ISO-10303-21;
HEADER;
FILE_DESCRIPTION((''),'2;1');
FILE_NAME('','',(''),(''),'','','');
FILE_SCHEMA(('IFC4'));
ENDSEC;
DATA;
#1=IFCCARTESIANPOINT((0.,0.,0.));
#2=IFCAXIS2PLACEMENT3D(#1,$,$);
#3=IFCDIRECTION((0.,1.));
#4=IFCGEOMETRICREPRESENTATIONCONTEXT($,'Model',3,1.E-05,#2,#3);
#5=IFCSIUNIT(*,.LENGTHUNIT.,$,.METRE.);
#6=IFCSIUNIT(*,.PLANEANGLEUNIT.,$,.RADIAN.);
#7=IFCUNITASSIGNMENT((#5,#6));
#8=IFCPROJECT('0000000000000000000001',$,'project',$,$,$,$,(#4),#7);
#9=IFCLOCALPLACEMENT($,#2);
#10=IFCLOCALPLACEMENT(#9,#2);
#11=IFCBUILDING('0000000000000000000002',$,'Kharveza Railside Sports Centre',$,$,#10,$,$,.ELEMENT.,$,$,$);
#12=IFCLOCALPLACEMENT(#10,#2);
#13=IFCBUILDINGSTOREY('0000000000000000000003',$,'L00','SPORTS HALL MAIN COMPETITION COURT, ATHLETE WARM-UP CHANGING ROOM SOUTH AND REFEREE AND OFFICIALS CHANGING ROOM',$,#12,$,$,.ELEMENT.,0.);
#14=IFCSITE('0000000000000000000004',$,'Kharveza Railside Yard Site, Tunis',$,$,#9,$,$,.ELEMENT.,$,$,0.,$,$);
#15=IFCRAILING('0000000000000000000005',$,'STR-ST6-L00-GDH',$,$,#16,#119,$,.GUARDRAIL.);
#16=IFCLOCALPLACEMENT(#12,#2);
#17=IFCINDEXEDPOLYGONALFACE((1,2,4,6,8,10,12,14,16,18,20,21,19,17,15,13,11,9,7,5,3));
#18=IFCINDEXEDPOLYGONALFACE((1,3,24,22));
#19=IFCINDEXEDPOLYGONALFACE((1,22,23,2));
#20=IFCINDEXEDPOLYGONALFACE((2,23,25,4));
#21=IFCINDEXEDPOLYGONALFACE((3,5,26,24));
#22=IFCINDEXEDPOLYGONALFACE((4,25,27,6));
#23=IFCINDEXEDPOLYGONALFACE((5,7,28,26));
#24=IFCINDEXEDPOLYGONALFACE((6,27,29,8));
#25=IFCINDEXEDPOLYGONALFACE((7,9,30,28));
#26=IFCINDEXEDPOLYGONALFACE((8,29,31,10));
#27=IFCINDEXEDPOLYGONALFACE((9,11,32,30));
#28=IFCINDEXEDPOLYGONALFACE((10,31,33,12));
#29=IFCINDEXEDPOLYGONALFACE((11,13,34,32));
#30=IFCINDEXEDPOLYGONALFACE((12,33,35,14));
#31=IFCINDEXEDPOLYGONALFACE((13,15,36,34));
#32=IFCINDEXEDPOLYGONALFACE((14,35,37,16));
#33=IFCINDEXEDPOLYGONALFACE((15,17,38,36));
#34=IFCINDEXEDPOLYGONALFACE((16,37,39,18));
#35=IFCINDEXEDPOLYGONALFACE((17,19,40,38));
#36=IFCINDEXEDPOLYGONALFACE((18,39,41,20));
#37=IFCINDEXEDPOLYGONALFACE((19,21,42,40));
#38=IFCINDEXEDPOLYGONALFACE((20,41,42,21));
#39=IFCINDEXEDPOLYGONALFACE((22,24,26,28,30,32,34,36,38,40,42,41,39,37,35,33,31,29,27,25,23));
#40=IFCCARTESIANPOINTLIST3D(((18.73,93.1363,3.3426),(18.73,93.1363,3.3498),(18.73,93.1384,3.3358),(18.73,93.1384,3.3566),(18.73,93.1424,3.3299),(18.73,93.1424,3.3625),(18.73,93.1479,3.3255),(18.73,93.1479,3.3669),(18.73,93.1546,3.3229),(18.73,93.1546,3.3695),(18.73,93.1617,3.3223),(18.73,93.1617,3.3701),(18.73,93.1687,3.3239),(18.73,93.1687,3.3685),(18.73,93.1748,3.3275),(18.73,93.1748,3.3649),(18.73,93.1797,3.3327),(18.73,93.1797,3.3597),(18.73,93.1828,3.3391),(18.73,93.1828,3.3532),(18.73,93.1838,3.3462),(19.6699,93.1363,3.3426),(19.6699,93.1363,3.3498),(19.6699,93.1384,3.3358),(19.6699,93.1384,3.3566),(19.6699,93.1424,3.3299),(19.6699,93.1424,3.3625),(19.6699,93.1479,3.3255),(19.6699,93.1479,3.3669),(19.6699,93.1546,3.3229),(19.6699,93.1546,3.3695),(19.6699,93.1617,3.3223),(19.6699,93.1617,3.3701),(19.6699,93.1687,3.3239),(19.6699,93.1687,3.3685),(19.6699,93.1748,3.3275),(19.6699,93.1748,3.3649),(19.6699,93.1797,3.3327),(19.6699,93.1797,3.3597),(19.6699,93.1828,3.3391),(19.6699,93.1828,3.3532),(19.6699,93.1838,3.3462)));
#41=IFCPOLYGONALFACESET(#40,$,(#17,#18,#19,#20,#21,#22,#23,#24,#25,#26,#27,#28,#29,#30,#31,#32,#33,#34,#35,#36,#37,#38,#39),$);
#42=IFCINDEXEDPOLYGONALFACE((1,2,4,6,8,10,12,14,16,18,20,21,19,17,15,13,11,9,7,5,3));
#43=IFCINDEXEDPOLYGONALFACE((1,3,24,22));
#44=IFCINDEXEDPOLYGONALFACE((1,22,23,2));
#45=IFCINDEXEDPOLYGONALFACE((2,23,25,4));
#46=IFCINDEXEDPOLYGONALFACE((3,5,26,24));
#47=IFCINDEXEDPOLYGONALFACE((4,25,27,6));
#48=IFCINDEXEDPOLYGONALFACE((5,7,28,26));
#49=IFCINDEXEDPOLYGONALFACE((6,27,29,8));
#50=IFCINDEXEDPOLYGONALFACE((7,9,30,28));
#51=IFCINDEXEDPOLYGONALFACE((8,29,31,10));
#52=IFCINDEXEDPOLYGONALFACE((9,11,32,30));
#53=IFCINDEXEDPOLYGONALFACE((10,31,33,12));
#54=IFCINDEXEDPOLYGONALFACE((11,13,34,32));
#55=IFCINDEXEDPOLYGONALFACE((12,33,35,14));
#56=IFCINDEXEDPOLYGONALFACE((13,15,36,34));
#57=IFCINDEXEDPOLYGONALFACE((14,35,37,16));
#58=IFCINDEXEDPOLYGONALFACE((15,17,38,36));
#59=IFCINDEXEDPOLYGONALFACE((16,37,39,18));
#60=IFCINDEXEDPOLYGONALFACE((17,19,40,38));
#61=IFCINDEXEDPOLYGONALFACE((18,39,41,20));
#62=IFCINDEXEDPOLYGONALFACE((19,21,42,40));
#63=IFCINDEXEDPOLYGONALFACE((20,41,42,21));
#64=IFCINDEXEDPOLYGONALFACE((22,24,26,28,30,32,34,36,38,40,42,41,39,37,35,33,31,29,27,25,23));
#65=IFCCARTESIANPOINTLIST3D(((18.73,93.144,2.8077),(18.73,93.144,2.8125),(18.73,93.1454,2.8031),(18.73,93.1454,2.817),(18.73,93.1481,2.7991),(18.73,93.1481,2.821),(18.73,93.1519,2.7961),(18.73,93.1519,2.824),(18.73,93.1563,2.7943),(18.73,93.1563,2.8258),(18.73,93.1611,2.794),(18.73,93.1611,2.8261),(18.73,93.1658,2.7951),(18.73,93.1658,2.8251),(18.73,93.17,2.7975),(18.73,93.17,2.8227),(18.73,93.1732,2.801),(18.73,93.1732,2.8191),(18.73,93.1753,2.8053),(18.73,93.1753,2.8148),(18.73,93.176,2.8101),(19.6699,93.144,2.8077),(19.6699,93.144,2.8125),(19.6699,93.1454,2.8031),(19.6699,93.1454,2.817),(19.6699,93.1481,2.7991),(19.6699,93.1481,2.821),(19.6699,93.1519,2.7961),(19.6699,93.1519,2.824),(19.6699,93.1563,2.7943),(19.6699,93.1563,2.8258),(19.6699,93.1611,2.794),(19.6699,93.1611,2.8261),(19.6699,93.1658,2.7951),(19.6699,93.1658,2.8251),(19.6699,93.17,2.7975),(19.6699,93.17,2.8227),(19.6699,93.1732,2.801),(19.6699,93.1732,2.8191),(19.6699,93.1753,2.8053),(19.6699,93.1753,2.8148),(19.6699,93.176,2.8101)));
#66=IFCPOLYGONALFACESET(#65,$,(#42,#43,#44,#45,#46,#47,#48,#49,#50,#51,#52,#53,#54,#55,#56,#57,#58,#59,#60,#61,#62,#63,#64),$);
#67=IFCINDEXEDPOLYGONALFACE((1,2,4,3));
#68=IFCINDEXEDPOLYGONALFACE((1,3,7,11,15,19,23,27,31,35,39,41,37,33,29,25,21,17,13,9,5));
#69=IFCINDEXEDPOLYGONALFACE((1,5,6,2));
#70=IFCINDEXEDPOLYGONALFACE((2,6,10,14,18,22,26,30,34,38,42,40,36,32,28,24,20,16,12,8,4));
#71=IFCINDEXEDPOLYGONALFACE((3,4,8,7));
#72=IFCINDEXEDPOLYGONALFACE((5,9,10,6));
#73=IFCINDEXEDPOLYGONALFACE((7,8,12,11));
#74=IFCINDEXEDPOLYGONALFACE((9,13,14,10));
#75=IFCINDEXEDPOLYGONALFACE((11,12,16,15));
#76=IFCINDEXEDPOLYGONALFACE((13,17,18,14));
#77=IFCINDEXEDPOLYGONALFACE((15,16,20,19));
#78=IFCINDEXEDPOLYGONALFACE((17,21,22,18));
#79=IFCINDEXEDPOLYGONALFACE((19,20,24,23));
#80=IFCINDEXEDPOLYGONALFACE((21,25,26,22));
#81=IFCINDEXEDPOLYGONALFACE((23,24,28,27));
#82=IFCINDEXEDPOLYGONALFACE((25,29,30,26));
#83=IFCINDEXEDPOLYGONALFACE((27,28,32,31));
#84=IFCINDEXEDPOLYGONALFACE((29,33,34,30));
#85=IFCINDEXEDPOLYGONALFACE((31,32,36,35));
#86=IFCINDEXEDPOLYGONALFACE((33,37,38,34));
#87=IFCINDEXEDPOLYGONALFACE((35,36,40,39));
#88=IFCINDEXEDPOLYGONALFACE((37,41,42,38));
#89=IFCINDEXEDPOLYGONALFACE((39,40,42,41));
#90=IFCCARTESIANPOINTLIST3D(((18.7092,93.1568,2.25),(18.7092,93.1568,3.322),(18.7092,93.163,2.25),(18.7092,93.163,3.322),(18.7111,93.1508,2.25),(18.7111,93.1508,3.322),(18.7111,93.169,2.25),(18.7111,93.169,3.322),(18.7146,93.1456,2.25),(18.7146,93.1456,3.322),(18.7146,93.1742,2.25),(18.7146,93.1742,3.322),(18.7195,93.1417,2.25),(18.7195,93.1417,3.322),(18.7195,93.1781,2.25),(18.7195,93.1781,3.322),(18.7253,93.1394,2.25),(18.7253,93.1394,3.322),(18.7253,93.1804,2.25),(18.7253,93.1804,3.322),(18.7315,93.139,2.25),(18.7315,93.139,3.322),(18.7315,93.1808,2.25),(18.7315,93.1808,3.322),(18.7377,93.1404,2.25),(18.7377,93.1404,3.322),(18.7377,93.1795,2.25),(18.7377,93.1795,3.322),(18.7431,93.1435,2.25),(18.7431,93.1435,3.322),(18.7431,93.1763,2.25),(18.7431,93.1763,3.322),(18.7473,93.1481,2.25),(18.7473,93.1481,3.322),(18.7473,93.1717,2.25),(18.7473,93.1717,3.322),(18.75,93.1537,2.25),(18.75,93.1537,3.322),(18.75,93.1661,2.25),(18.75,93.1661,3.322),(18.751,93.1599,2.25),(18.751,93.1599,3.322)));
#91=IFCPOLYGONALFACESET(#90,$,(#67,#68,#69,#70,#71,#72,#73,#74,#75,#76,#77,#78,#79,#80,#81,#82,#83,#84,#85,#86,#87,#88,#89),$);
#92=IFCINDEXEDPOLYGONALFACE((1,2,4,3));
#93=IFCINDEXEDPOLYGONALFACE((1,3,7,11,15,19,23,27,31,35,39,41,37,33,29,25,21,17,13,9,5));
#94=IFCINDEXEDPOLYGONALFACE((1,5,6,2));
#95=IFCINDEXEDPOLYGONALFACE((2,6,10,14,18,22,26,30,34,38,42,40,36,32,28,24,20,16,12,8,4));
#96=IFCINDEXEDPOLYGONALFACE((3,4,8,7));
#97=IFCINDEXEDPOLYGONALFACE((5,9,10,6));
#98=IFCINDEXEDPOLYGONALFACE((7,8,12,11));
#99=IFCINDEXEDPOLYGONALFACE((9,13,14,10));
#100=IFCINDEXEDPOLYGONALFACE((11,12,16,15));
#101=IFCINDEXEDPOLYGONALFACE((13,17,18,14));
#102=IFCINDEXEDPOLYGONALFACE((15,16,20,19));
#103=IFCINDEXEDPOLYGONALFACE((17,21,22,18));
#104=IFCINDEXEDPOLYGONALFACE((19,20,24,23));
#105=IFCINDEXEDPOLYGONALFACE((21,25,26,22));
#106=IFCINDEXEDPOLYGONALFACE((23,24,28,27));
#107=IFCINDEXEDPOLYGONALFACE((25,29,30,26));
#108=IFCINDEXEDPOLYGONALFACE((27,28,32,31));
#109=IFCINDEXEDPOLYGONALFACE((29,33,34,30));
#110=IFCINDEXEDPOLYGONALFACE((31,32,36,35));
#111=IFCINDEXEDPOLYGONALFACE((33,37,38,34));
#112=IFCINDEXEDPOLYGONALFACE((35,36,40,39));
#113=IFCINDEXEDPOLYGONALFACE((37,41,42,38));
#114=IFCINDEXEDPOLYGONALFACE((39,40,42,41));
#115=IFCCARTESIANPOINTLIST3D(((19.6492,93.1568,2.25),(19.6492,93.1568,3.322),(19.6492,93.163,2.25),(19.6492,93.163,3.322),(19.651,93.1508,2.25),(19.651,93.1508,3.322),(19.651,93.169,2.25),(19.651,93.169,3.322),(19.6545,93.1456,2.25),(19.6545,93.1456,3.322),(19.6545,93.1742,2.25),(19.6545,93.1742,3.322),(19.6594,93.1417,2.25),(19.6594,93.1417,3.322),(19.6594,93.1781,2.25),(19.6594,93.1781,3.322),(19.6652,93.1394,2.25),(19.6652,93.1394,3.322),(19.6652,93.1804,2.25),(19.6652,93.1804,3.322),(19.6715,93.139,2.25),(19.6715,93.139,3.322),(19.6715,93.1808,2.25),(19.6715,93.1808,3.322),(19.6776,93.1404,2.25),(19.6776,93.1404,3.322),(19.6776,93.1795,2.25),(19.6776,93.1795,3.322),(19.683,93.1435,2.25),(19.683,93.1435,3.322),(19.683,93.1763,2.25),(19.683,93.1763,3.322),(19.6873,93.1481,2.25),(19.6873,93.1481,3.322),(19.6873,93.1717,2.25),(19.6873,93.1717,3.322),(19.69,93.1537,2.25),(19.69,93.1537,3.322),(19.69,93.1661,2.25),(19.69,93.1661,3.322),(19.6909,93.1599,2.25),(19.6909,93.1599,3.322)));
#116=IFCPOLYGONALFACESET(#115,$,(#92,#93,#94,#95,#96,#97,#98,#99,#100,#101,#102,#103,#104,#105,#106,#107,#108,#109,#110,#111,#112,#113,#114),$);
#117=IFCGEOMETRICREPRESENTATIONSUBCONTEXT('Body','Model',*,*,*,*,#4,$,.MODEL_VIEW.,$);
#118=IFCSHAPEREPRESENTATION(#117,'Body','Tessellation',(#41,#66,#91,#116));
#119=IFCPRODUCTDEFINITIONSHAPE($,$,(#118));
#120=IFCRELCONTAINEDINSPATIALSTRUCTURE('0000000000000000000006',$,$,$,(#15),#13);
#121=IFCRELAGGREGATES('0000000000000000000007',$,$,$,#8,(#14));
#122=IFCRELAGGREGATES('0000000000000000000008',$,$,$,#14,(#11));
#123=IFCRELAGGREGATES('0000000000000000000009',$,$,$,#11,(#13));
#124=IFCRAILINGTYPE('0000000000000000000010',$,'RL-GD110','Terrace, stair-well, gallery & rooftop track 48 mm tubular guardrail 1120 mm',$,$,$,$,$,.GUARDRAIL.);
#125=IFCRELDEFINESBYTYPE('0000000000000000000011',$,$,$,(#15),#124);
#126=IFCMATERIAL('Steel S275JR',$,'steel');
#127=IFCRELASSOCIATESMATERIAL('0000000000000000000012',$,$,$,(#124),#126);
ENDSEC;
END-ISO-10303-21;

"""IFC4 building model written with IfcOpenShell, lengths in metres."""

from ifc_helpers import new_model, si_unit, direction, frame, origin, origin_2d, place, context, subcontext, project, spatial, circle, extrude, material, type_object, element, save


model = new_model("IFC4")

# Units and contexts
model_context = context("Model", 3, precision=1e-05, world=origin(), true_north=direction((0.0, 1.0)))
body_context = subcontext(model_context, "Body", "Model", "MODEL_VIEW")
ifc_project = project(units=[si_unit("LENGTHUNIT", "METRE"), si_unit("PLANEANGLEUNIT", "RADIAN")], contexts=[model_context])

# Site, building, storey
site_placement = place(None, origin())
site = spatial("IfcSite", under=ifc_project, at=site_placement, Name="Kharveza Railside Yard Site, Tunis", CompositionType="ELEMENT", RefElevation=0.0)
building_placement = place(site_placement, origin())
building = spatial("IfcBuilding", under=site, at=building_placement, Name="Kharveza Railside Sports Centre", CompositionType="ELEMENT")
storey_placement = place(building_placement, origin())
storey = spatial("IfcBuildingStorey", under=building, at=storey_placement, Name="L00", Description="SPORTS HALL MAIN COMPETITION COURT, ATHLETE WARM-UP CHANGING ROOM SOUTH AND REFEREE AND OFFICIALS CHANGING ROOM", CompositionType="ELEMENT", Elevation=0.0)

# Railing
ifc_material_1 = material(Name="Steel S275JR", Category="steel")
railing_type_1 = type_object("IfcRailingType", Name="RL-GD110", Description="Terrace, stair-well, gallery & rooftop track 48 mm tubular guardrail 1120 mm", PredefinedType="GUARDRAIL", material=ifc_material_1)
railing_1_placement = place(storey_placement, frame((18.73, 93.1599, 2.25)))
element("IfcRailing", 1, at=railing_1_placement, inside=storey, type_object=railing_type_1, Name="STR-ST6-L00-GDH", PredefinedType="GUARDRAIL", context=body_context, shape_type="SweptSolid", body=[
    extrude(circle(Radius=0.0239, at=origin_2d()), frame((0.0, 0.0, 1.0962), z_axis=(1.0, 0.0, 0.0), x_axis=(0.0, 1.0, 0.0)), (0.0, 0.0, 1.0), 0.9399),
    extrude(circle(Radius=0.0161, at=origin_2d()), frame((0.0, 0.0, 0.5601), z_axis=(1.0, 0.0, 0.0), x_axis=(0.0, 1.0, 0.0)), (0.0, 0.0, 1.0), 0.9399),
    extrude(circle(Radius=0.021, at=origin_2d()), origin(), (0.0, 0.0, 1.0), 1.072),
    extrude(circle(Radius=0.021, at=origin_2d()), frame((0.9399, 0.0, 0.0)), (0.0, 0.0, 1.0), 1.072),
])

save(model, "model.ifc")
